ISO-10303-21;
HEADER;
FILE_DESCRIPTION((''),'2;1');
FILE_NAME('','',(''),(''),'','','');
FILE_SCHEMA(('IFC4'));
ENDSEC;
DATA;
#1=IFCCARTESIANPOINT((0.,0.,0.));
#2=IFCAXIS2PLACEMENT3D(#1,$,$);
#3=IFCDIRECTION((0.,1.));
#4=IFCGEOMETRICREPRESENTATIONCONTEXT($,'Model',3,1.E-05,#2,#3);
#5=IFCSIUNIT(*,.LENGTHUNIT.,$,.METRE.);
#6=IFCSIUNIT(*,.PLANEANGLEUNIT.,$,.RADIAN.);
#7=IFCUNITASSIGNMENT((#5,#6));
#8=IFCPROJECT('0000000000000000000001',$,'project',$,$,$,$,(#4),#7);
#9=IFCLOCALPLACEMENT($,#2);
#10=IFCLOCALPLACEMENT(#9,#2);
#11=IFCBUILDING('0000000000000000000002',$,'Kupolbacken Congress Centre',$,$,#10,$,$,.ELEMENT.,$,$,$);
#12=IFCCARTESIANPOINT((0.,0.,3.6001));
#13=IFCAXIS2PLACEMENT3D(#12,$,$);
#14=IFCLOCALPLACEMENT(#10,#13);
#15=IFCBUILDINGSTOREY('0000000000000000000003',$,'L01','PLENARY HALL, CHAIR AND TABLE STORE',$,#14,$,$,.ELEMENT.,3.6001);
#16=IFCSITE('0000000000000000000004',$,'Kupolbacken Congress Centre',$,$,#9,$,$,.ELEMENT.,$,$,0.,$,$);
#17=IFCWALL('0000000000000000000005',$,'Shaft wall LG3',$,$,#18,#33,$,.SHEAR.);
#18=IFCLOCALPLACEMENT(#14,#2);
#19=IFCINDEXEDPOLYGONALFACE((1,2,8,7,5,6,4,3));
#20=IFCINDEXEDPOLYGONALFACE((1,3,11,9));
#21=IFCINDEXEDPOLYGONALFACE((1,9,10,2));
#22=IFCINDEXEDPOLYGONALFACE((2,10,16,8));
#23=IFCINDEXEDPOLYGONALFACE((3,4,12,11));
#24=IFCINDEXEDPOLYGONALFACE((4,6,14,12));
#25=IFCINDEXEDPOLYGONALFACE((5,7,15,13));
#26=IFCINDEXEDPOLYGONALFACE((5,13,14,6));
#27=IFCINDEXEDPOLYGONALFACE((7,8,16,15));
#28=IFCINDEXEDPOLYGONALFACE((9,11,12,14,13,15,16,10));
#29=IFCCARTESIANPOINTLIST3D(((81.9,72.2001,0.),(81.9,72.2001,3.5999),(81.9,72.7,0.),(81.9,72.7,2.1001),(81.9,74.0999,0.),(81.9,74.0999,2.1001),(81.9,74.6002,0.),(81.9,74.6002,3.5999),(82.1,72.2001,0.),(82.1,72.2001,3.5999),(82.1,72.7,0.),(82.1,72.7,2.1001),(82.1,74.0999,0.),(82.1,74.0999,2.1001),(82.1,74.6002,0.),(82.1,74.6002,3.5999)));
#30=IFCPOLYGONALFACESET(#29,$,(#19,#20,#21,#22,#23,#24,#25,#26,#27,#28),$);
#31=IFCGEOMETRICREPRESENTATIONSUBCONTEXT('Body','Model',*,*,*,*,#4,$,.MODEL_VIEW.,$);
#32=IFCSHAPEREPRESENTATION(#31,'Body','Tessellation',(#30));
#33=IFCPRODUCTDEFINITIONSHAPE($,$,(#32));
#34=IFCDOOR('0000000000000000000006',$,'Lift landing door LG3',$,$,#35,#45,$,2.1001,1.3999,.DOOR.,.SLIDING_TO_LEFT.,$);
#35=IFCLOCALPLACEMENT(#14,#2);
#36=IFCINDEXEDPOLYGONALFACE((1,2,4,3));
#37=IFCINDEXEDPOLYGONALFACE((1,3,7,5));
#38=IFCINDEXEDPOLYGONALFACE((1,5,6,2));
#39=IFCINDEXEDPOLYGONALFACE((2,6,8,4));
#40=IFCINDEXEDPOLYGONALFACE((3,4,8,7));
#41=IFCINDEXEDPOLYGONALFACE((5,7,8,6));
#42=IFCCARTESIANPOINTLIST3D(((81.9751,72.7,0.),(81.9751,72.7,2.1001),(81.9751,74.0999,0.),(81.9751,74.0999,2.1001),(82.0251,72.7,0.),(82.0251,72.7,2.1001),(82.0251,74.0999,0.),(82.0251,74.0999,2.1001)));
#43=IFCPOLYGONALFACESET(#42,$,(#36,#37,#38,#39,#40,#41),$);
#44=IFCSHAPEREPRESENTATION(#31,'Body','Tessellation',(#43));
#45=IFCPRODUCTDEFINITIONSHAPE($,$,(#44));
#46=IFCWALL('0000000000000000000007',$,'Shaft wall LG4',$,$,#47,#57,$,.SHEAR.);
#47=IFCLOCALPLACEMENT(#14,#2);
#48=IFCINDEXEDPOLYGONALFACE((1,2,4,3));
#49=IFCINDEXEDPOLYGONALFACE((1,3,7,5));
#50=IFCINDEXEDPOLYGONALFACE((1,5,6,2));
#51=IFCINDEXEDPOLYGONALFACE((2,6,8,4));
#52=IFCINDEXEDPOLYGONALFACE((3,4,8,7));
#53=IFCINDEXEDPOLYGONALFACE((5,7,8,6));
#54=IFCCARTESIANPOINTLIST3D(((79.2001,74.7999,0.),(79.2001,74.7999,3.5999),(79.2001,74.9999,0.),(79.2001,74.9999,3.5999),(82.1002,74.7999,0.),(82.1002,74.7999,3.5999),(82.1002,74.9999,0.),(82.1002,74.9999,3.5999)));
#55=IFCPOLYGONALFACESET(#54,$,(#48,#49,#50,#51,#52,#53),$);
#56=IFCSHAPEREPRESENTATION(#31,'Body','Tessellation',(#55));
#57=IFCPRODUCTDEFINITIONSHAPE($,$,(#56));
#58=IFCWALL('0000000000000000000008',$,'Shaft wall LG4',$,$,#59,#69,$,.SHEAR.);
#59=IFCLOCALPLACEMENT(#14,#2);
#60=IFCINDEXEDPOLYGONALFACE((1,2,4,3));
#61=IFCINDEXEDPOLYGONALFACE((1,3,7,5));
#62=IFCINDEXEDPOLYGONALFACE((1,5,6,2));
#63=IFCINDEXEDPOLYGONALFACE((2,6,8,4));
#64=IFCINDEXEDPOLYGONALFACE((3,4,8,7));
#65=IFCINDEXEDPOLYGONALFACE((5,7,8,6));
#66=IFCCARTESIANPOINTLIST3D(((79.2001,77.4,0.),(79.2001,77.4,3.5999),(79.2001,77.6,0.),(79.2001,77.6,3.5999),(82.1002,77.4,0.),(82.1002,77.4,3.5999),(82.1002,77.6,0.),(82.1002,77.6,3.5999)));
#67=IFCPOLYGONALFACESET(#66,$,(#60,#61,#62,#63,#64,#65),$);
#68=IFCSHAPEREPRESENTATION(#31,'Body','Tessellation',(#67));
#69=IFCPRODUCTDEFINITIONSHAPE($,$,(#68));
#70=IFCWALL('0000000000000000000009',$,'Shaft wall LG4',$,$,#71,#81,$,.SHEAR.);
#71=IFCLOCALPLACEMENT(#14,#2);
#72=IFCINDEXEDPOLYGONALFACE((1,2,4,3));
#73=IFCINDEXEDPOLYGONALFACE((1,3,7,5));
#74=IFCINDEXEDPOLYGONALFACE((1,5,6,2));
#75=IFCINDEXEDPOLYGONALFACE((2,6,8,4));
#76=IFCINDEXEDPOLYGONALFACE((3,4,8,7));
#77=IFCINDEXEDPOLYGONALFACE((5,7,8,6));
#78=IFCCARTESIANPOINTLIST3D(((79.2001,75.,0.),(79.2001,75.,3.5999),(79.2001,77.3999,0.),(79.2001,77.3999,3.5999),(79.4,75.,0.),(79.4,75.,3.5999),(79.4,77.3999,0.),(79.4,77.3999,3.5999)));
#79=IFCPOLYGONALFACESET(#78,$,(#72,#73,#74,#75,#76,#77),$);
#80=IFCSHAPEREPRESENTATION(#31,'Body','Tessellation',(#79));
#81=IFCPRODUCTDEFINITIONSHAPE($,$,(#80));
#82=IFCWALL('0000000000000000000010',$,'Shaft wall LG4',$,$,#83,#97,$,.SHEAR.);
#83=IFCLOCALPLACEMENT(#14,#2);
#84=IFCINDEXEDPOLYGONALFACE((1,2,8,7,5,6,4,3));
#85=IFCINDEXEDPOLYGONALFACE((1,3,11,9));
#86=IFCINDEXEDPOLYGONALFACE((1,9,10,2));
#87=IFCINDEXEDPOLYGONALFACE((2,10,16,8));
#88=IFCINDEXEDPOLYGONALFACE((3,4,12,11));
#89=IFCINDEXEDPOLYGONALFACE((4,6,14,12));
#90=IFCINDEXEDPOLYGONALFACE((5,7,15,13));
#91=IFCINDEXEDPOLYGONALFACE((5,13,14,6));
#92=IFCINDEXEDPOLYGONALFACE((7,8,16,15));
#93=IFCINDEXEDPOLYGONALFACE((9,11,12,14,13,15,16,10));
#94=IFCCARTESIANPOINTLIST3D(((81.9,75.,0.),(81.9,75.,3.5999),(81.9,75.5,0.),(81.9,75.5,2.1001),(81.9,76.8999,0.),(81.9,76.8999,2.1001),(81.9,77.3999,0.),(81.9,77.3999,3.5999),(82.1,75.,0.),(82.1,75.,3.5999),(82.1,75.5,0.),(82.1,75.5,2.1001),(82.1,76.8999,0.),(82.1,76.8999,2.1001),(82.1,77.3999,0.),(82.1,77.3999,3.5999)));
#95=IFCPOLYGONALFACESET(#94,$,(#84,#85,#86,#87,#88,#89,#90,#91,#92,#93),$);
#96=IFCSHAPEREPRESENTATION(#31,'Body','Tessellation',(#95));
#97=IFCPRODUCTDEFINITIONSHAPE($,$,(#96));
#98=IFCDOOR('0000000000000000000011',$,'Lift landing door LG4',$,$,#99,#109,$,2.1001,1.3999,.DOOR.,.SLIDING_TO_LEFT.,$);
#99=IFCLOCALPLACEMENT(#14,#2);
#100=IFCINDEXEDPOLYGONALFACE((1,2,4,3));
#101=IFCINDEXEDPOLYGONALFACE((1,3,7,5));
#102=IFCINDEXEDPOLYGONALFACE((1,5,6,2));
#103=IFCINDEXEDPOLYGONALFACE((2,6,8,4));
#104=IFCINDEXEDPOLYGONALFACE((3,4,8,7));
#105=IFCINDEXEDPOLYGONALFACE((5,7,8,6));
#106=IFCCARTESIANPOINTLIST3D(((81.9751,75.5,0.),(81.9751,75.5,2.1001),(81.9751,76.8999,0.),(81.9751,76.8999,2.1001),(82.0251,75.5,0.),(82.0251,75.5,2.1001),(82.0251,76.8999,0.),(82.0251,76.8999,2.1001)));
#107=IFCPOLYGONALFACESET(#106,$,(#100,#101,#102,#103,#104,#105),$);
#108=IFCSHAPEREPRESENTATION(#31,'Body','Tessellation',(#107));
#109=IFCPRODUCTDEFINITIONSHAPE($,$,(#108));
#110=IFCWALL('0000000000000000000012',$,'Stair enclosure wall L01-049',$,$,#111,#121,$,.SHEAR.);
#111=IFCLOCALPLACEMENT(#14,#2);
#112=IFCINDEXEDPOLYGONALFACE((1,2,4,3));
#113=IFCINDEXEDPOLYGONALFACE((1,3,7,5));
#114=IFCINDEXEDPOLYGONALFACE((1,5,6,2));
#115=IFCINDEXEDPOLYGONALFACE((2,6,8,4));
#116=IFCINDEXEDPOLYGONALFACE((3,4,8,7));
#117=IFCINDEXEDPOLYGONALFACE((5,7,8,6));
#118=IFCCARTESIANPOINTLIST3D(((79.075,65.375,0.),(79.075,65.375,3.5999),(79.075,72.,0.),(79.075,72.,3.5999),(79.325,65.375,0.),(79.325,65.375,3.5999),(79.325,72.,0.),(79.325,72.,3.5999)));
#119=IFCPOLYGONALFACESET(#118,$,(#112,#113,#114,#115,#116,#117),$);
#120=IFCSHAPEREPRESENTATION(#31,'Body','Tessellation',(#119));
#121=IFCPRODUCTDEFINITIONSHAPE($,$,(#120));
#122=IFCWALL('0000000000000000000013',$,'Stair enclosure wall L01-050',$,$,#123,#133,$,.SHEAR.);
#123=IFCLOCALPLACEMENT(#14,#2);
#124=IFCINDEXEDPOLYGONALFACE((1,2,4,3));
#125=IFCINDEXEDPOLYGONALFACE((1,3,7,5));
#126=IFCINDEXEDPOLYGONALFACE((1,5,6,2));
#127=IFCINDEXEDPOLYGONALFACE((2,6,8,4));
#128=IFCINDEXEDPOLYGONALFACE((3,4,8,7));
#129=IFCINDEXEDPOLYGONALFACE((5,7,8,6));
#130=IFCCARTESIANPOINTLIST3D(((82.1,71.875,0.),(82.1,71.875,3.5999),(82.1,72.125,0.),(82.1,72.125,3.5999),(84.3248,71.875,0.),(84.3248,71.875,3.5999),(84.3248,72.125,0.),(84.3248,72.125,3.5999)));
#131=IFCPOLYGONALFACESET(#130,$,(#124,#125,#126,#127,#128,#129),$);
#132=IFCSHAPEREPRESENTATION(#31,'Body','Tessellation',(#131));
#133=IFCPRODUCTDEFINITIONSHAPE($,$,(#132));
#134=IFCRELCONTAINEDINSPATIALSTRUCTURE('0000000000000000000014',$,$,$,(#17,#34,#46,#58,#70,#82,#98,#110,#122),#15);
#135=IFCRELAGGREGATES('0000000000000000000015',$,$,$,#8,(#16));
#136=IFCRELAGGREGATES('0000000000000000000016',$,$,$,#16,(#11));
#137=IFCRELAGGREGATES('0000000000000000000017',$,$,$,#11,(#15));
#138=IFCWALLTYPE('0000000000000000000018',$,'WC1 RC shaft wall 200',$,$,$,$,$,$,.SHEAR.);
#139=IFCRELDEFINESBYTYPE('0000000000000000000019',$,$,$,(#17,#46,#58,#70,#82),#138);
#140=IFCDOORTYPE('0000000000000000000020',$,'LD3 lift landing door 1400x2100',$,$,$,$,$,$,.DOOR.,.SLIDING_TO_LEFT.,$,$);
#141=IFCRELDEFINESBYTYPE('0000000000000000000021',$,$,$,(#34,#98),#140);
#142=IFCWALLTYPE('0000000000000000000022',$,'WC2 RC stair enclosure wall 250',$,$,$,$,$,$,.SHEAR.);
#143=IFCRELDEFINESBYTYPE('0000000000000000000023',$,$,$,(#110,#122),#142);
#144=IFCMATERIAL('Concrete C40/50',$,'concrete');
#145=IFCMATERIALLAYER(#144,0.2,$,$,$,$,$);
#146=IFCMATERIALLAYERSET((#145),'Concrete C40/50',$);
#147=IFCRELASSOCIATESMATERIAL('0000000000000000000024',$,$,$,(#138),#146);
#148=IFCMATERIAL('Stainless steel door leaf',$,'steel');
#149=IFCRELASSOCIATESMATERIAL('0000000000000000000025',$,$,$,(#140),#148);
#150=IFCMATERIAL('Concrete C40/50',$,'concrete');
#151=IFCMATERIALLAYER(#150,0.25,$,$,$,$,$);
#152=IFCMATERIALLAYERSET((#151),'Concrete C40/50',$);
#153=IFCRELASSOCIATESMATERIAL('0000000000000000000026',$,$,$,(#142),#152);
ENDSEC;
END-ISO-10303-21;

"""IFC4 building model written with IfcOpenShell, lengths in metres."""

from ifc_helpers import new_model, si_unit, direction, frame, frame_2d, origin, place, context, subcontext, project, spatial, rectangle, extrude, material, layer, layer_set, type_object, element, fill, save


model = new_model("IFC4")

# Units and contexts
model_context = context("Model", 3, precision=1e-05, world=origin(), true_north=direction((0.0, 1.0)))
body_context = subcontext(model_context, "Body", "Model", "MODEL_VIEW")
ifc_project = project(units=[si_unit("LENGTHUNIT", "METRE"), si_unit("PLANEANGLEUNIT", "RADIAN")], contexts=[model_context])

# Site, building, storey
site_placement = place(None, origin())
site = spatial("IfcSite", under=ifc_project, at=site_placement, Name="Kupolbacken Congress Centre", CompositionType="ELEMENT", RefElevation=0.0)
building_placement = place(site_placement, origin())
building = spatial("IfcBuilding", under=site, at=building_placement, Name="Kupolbacken Congress Centre", CompositionType="ELEMENT")
storey_placement = place(building_placement, frame((0.0, 0.0, 3.6001)))
storey = spatial("IfcBuildingStorey", under=building, at=storey_placement, Name="L01", Description="PLENARY HALL, CHAIR AND TABLE STORE", CompositionType="ELEMENT", Elevation=3.6001)

# Shared definitions
ifc_material_1 = material(Name="Concrete C40/50", Category="concrete")
ifc_layer_1 = layer(ifc_material_1, 0.2)
ifc_layer_set_1 = layer_set([ifc_layer_1], Name="Concrete C40/50")
wall_type_1 = type_object("IfcWallType", Name="WC1 RC shaft wall 200", PredefinedType="SHEAR", material=ifc_layer_set_1)

# Wall, opening, door
wall_1_placement = place(storey_placement, frame((82.0, 72.2, 0.0), z_axis=(0.0, 0.0, 1.0), x_axis=(0.0, 1.0, 0.0)))
wall_1 = element("IfcWall", 1, at=wall_1_placement, inside=storey, type_object=wall_type_1, Name="Shaft wall LG3", PredefinedType="SHEAR", context=body_context, shape_type="SweptSolid", body=[
    extrude(rectangle(XDim=2.4001, YDim=0.2, at=frame_2d((1.2002, 0.0))), origin(), (0.0, 0.0, 1.0), 3.5999),
])
opening_1_placement = place(wall_1_placement, frame((0.5, 0.0, 0.0)))
opening_1 = element("IfcOpeningElement", 2, at=opening_1_placement, cuts=wall_1, PredefinedType="OPENING", context=body_context, shape_type="SweptSolid", body=[
    extrude(rectangle(XDim=1.3999, YDim=2.1001, at=frame_2d((0.7, 1.05))), frame((0.0, 0.1099, 0.0), z_axis=(0.0, -1.0, 0.0), x_axis=(1.0, 0.0, 0.0)), (0.0, 0.0, 1.0), 0.22),
])
ifc_material_2 = material(Name="Stainless steel door leaf", Category="steel")
door_type = type_object("IfcDoorType", Name="LD3 lift landing door 1400x2100", OperationType="SLIDING_TO_LEFT", PredefinedType="DOOR", material=ifc_material_2)
door_1_placement = place(opening_1_placement, origin())
door_1 = element("IfcDoor", 3, at=door_1_placement, inside=storey, type_object=door_type, Name="Lift landing door LG3", OperationType="SLIDING_TO_LEFT", OverallHeight=2.1001, OverallWidth=1.3999, PredefinedType="DOOR", context=body_context, shape_type="SweptSolid", body=[
    extrude(rectangle(XDim=1.3999, YDim=2.1001, at=frame_2d((0.7, 1.05))), frame((0.0, 0.0249, 0.0), z_axis=(0.0, -1.0, 0.0), x_axis=(1.0, 0.0, 0.0)), (0.0, 0.0, 1.0), 0.05),
])
fill(opening_1, door_1)

# Walls
for number, where, z_axis, x_axis, name in (
    (4, (79.2, 74.8999, 0.0), (0.0, 0.0, 1.0), (1.0, 0.0, 0.0), "Shaft wall LG4"),
    (5, (79.2, 77.5, 0.0), (0.0, 0.0, 1.0), (1.0, 0.0, 0.0), "Shaft wall LG4"),
):
    element("IfcWall", number, at=place(storey_placement, frame(where, z_axis=z_axis, x_axis=x_axis)), inside=storey, type_object=wall_type_1, Name=name, PredefinedType="SHEAR", context=body_context, shape_type="SweptSolid", body=[
        extrude(rectangle(XDim=2.9001, YDim=0.2, at=frame_2d((1.4502, 0.0))), origin(), (0.0, 0.0, 1.0), 3.5999),
    ])
wall_2_placement = place(storey_placement, frame((79.3, 75.0, 0.0), z_axis=(0.0, 0.0, 1.0), x_axis=(0.0, 1.0, 0.0)))
element("IfcWall", 6, at=wall_2_placement, inside=storey, type_object=wall_type_1, Name="Shaft wall LG4", PredefinedType="SHEAR", context=body_context, shape_type="SweptSolid", body=[
    extrude(rectangle(XDim=2.3999, YDim=0.2, at=frame_2d((1.2, 0.0))), origin(), (0.0, 0.0, 1.0), 3.5999),
])

# Wall, opening, door
wall_3_placement = place(storey_placement, frame((82.0, 75.0, 0.0), z_axis=(0.0, 0.0, 1.0), x_axis=(0.0, 1.0, 0.0)))
wall_3 = element("IfcWall", 7, at=wall_3_placement, inside=storey, type_object=wall_type_1, Name="Shaft wall LG4", PredefinedType="SHEAR", context=body_context, shape_type="SweptSolid", body=[
    extrude(rectangle(XDim=2.3999, YDim=0.2, at=frame_2d((1.2, 0.0))), origin(), (0.0, 0.0, 1.0), 3.5999),
])
opening_2_placement = place(wall_3_placement, frame((0.5, 0.0, 0.0)))
opening_2 = element("IfcOpeningElement", 8, at=opening_2_placement, cuts=wall_3, PredefinedType="OPENING", context=body_context, shape_type="SweptSolid", body=[
    extrude(rectangle(XDim=1.3999, YDim=2.1001, at=frame_2d((0.7, 1.05))), frame((0.0, 0.1099, 0.0), z_axis=(0.0, -1.0, 0.0), x_axis=(1.0, 0.0, 0.0)), (0.0, 0.0, 1.0), 0.22),
])
door_2_placement = place(opening_2_placement, origin())
door_2 = element("IfcDoor", 9, at=door_2_placement, inside=storey, type_object=door_type, Name="Lift landing door LG4", OperationType="SLIDING_TO_LEFT", OverallHeight=2.1001, OverallWidth=1.3999, PredefinedType="DOOR", context=body_context, shape_type="SweptSolid", body=[
    extrude(rectangle(XDim=1.3999, YDim=2.1001, at=frame_2d((0.7, 1.05))), frame((0.0, 0.0249, 0.0), z_axis=(0.0, -1.0, 0.0), x_axis=(1.0, 0.0, 0.0)), (0.0, 0.0, 1.0), 0.05),
])
fill(opening_2, door_2)

# Walls
ifc_material_3 = material(Name="Concrete C40/50", Category="concrete")
ifc_layer_2 = layer(ifc_material_3, 0.25)
ifc_layer_set_2 = layer_set([ifc_layer_2], Name="Concrete C40/50")
wall_type_2 = type_object("IfcWallType", Name="WC2 RC stair enclosure wall 250", PredefinedType="SHEAR", material=ifc_layer_set_2)
wall_4_placement = place(storey_placement, frame((79.2, 72.0, 0.0), z_axis=(0.0, 0.0, 1.0), x_axis=(0.0, -1.0, 0.0)))
element("IfcWall", 10, at=wall_4_placement, inside=storey, type_object=wall_type_2, Name="Stair enclosure wall L01-049", PredefinedType="SHEAR", context=body_context, shape_type="SweptSolid", body=[
    extrude(rectangle(XDim=6.625, YDim=0.25, at=frame_2d((3.3125, 0.0))), origin(), (0.0, 0.0, 1.0), 3.5999),
])
wall_5_placement = place(storey_placement, frame((82.1001, 72.0, 0.0), z_axis=(0.0, 0.0, 1.0), x_axis=(1.0, 0.0, 0.0)))
element("IfcWall", 11, at=wall_5_placement, inside=storey, type_object=wall_type_2, Name="Stair enclosure wall L01-050", PredefinedType="SHEAR", context=body_context, shape_type="SweptSolid", body=[
    extrude(rectangle(XDim=2.2249, YDim=0.25, at=frame_2d((1.1123, 0.0))), origin(), (0.0, 0.0, 1.0), 3.5999),
])

save(model, "model.ifc")
